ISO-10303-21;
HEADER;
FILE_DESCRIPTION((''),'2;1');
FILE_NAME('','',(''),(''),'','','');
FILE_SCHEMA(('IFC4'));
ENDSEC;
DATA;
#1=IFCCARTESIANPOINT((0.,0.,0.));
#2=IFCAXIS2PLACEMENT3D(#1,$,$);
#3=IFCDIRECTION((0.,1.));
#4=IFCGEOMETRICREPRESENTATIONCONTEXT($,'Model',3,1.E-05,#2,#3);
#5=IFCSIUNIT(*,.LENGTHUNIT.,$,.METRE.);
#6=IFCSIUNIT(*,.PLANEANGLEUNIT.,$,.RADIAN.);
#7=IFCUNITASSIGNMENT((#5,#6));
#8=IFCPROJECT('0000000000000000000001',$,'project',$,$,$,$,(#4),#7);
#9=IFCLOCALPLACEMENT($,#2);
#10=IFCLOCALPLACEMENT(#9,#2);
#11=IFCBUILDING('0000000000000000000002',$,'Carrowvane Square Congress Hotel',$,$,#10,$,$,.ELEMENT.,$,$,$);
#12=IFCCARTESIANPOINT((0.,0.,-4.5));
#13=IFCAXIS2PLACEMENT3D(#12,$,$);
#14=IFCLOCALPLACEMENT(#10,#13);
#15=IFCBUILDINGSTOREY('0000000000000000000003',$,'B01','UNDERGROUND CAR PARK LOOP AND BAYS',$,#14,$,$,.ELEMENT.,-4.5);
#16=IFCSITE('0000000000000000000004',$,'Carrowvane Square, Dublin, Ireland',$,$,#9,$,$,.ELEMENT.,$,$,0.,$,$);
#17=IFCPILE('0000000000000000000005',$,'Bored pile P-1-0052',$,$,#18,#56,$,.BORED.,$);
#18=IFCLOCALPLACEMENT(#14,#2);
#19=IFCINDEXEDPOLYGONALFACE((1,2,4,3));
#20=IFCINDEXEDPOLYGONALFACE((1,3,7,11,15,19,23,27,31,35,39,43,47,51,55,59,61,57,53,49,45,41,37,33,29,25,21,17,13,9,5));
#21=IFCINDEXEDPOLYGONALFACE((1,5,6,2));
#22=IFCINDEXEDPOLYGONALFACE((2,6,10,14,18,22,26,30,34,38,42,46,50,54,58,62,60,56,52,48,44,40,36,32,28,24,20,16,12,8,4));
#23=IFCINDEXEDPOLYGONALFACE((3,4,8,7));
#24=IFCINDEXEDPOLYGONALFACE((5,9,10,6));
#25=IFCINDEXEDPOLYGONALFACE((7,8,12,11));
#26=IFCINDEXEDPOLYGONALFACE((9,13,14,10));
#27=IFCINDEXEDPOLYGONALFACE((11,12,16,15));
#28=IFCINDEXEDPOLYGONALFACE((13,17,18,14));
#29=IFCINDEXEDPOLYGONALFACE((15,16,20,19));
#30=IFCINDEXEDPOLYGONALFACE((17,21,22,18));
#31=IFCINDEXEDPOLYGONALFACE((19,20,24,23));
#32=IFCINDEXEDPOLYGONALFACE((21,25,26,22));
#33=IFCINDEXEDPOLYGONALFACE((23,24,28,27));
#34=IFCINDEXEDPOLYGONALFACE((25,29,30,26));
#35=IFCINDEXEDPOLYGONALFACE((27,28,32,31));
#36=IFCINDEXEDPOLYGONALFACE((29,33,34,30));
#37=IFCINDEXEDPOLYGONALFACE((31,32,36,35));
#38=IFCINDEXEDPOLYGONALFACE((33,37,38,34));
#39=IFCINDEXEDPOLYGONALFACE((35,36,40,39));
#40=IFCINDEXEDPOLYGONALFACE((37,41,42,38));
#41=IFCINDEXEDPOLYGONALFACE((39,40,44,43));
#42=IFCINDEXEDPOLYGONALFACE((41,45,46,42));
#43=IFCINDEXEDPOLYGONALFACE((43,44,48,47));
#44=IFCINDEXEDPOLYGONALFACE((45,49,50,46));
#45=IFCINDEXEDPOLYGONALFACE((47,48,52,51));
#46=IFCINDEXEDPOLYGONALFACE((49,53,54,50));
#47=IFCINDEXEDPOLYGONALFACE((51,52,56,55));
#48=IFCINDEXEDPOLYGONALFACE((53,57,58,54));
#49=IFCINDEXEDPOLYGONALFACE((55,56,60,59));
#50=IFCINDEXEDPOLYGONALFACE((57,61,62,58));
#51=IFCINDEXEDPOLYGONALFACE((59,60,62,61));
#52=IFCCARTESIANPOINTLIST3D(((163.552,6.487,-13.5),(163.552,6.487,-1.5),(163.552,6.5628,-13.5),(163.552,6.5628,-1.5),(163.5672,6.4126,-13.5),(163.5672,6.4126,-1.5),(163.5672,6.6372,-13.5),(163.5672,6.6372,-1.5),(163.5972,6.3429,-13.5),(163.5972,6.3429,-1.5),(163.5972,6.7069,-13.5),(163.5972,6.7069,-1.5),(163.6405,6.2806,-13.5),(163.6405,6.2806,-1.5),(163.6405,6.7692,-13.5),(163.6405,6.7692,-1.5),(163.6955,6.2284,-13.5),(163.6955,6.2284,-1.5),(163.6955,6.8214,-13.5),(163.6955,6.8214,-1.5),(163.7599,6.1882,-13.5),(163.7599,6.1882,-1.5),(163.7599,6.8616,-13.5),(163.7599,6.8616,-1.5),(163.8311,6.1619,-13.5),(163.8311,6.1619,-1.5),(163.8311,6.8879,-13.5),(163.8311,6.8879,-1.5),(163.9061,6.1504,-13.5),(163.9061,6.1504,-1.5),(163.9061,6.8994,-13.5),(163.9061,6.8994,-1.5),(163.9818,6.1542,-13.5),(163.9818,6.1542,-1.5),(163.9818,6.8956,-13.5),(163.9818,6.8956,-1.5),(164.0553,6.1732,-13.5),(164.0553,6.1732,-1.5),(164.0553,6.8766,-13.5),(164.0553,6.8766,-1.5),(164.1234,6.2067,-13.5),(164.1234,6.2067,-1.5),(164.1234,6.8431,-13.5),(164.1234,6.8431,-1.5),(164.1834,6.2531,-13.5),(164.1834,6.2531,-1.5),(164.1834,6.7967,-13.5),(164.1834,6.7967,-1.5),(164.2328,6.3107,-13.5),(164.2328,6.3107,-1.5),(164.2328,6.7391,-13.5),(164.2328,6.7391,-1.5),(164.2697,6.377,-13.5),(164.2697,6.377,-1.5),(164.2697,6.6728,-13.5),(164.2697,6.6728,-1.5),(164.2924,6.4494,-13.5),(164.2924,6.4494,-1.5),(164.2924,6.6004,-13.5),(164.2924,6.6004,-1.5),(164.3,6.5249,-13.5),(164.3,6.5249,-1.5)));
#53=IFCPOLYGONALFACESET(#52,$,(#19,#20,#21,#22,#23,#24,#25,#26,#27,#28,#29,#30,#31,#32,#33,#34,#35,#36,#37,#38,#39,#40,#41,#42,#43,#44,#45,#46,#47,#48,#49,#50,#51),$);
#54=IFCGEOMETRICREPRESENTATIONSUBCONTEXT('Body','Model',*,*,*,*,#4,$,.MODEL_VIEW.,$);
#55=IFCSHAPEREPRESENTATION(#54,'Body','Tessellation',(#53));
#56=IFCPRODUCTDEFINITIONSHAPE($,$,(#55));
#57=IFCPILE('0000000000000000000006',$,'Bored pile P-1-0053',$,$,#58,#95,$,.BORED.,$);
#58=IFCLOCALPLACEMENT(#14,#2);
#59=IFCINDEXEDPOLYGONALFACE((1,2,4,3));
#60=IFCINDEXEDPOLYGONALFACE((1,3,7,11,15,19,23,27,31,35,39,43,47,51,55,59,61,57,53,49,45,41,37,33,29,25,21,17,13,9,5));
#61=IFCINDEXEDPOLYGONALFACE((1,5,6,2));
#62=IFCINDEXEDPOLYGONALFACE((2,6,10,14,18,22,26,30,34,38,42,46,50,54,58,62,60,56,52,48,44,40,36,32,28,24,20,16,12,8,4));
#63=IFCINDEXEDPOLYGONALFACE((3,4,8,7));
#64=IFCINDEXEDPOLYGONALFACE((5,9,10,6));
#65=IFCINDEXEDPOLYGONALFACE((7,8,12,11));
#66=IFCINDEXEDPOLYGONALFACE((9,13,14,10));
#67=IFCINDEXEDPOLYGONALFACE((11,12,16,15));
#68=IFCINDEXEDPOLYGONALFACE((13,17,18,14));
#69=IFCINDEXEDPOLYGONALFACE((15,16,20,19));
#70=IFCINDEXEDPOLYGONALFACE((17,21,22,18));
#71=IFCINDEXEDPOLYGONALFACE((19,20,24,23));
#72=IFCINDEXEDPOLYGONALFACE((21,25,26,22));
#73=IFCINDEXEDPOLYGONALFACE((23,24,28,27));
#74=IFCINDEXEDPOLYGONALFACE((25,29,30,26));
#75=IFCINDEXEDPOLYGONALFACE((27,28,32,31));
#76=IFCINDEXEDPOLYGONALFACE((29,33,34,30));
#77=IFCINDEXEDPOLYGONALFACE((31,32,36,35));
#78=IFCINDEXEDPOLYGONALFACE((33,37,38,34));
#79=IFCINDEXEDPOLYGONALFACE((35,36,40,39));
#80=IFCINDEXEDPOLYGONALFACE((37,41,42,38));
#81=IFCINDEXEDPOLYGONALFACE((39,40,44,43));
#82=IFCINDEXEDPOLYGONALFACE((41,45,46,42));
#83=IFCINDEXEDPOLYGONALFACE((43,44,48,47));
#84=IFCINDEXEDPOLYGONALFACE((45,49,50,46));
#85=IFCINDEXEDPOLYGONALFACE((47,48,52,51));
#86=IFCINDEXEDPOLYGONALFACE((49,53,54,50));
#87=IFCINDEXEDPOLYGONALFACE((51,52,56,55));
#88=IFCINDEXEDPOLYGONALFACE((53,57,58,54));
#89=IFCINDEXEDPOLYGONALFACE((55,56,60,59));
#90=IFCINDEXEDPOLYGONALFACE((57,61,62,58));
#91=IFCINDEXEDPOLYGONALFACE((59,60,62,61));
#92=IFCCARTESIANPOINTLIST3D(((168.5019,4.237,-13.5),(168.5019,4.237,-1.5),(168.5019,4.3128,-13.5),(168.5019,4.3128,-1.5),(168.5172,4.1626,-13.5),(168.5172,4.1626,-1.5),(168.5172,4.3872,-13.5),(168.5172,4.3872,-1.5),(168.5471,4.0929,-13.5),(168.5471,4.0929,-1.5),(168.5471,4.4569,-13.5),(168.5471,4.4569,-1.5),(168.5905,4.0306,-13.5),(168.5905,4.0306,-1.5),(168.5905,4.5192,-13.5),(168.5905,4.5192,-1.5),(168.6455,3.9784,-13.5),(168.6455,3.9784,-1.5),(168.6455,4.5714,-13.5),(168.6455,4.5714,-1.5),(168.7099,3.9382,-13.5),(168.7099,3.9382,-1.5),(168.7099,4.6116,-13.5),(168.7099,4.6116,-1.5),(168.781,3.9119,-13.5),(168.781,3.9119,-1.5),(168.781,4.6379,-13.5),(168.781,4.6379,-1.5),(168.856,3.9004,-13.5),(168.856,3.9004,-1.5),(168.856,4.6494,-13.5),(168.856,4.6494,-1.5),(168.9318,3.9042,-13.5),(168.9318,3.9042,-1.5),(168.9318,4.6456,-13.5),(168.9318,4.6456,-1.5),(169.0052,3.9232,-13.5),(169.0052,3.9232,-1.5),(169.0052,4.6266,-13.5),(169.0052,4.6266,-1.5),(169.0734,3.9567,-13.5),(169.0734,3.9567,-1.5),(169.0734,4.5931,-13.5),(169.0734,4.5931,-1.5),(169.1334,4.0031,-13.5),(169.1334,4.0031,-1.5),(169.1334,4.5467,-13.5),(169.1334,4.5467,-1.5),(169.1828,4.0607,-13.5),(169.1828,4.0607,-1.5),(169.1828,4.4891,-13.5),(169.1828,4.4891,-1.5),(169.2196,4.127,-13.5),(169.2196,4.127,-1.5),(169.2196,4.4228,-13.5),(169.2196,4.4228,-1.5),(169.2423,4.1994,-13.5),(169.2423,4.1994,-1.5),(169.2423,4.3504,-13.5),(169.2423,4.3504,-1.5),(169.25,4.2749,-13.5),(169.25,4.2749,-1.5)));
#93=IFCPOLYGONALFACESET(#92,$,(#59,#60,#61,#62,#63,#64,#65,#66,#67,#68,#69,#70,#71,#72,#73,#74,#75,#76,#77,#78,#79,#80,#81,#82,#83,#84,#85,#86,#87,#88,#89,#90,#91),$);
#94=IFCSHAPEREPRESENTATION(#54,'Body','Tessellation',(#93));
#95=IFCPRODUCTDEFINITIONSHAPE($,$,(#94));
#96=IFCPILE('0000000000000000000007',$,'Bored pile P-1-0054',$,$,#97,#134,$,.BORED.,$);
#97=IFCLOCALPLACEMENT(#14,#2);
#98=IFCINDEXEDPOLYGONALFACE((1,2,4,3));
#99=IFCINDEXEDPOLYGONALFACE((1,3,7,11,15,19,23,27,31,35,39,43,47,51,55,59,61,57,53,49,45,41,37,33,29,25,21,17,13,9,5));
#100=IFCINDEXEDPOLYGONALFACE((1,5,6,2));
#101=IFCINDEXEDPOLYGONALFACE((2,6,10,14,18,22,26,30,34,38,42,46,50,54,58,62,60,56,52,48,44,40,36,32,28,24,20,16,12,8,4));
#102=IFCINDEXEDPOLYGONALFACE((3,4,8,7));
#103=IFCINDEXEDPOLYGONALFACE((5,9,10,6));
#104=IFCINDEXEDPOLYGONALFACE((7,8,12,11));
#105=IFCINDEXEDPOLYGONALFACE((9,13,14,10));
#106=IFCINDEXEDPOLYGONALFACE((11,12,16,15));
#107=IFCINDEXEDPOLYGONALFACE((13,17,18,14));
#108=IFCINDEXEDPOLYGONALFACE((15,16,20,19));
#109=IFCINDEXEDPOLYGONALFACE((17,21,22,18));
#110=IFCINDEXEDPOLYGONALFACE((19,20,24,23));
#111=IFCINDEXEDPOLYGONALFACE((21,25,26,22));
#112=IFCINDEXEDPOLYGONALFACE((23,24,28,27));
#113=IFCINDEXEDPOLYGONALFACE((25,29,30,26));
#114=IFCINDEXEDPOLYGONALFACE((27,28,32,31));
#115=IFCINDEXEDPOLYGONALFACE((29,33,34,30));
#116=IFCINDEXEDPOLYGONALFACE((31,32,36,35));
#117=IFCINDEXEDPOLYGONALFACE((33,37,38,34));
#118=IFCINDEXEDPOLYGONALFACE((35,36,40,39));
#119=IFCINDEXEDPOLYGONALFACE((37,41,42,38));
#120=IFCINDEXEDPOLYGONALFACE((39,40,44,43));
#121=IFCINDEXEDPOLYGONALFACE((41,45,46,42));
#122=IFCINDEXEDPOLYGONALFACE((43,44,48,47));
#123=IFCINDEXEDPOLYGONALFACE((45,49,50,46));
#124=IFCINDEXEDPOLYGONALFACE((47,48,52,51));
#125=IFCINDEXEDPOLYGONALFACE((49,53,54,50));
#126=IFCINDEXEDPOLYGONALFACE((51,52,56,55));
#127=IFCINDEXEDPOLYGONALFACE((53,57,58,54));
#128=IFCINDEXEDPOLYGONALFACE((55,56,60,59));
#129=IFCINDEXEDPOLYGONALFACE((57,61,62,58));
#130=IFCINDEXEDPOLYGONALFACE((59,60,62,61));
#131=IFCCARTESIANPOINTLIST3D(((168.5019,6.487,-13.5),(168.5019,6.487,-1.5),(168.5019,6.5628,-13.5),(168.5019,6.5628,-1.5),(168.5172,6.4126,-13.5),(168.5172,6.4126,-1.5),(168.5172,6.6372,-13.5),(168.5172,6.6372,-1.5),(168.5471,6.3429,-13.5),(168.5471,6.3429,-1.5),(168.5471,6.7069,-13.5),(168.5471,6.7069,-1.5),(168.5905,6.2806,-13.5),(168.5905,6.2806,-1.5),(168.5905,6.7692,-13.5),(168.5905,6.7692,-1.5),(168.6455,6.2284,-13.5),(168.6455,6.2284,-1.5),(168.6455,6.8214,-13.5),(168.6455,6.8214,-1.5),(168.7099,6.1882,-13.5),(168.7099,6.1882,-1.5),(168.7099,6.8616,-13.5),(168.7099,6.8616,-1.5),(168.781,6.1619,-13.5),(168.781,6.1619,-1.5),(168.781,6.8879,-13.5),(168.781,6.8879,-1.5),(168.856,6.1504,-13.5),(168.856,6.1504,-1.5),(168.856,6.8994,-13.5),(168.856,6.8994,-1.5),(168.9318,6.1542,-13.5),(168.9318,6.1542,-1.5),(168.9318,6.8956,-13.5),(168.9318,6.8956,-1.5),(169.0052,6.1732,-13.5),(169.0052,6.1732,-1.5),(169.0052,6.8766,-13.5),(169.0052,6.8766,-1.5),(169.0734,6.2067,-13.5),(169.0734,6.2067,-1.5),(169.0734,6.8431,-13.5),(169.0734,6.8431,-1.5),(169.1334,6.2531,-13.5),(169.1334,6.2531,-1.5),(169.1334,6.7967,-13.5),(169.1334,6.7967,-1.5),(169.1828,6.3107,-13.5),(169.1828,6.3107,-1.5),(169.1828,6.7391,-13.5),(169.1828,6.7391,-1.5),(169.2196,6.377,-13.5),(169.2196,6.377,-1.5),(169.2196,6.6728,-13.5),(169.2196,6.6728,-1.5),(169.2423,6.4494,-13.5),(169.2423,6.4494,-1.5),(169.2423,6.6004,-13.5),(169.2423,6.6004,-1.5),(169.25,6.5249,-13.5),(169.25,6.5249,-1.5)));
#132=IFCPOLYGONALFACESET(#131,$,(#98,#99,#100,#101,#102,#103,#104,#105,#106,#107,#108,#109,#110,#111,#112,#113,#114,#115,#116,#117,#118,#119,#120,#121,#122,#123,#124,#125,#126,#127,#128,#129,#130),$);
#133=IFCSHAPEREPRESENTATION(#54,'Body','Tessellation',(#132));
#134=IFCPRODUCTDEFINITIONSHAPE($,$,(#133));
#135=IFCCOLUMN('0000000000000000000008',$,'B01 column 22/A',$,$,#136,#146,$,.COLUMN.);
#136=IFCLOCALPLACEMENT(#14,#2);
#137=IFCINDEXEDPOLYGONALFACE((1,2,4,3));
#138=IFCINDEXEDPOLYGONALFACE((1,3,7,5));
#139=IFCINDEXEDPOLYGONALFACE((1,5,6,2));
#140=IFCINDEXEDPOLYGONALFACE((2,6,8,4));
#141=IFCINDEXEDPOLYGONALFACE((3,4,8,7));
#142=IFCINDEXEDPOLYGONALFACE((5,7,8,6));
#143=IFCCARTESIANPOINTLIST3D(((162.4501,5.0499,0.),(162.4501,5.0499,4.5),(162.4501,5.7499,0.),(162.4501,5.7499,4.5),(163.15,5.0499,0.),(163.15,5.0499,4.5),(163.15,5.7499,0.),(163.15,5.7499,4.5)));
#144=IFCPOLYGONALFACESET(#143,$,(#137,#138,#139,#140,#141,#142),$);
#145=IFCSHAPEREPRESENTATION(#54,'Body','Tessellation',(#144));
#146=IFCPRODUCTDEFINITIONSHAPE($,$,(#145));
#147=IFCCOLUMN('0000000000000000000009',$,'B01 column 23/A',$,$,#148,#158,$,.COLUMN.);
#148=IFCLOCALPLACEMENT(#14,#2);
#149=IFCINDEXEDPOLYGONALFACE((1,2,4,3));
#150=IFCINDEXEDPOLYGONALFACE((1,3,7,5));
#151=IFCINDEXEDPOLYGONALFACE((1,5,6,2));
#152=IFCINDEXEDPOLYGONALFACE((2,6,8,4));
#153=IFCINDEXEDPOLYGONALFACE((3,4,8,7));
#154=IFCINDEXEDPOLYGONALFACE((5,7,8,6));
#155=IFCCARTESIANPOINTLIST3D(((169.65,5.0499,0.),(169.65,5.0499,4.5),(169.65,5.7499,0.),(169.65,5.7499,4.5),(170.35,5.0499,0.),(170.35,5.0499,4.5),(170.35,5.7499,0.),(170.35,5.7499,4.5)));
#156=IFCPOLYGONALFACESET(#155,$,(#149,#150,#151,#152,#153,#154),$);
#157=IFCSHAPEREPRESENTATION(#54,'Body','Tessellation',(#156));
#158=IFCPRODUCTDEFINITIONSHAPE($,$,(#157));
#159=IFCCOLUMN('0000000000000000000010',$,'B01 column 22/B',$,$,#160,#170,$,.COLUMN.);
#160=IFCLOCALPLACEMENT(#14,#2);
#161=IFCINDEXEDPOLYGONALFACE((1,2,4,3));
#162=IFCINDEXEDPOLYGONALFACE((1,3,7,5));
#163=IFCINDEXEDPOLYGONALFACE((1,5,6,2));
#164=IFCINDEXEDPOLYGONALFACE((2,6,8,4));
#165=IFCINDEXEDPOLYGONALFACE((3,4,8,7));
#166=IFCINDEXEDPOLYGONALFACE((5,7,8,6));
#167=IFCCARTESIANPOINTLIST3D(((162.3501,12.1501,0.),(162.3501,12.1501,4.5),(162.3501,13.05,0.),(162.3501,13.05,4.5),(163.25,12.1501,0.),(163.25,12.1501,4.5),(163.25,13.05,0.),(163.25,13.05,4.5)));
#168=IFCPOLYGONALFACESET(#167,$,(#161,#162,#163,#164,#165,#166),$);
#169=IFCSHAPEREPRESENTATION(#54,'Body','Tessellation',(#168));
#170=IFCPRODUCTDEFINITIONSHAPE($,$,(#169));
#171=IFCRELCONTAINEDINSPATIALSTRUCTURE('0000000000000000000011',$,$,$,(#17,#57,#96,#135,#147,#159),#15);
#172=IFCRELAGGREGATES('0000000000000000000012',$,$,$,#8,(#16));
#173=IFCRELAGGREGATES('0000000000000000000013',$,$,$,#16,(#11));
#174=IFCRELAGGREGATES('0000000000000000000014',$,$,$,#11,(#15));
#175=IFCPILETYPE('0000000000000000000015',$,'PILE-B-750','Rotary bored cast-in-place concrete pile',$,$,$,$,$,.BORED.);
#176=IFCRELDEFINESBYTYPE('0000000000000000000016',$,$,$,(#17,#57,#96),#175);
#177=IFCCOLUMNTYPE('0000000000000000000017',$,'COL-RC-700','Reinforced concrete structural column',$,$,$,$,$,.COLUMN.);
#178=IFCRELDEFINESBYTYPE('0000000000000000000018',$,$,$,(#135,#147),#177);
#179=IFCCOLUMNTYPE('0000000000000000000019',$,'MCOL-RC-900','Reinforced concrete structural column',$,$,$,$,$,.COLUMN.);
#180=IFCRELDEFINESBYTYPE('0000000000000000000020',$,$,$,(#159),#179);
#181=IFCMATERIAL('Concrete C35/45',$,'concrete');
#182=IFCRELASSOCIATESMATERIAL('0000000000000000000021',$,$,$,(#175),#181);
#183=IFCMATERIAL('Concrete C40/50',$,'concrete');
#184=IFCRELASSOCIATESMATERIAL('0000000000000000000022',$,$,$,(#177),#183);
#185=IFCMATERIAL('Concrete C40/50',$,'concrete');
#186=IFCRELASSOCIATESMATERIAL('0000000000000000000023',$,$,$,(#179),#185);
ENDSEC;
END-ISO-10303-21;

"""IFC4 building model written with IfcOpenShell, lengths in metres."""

from ifc_helpers import new_model, si_unit, direction, frame, origin, origin_2d, place, context, subcontext, project, spatial, rectangle, circle, extrude, material, material_profile, profile_set, type_object, element, save


model = new_model("IFC4")

# Units and contexts
model_context = context("Model", 3, precision=1e-05, world=origin(), true_north=direction((0.0, 1.0)))
body_context = subcontext(model_context, "Body", "Model", "MODEL_VIEW")
ifc_project = project(units=[si_unit("LENGTHUNIT", "METRE"), si_unit("PLANEANGLEUNIT", "RADIAN")], contexts=[model_context])

# Site, building, storey
site_placement = place(None, origin())
site = spatial("IfcSite", under=ifc_project, at=site_placement, Name="Carrowvane Square, Dublin, Ireland", CompositionType="ELEMENT", RefElevation=0.0)
building_placement = place(site_placement, origin())
building = spatial("IfcBuilding", under=site, at=building_placement, Name="Carrowvane Square Congress Hotel", CompositionType="ELEMENT")
storey_placement = place(building_placement, frame((0.0, 0.0, -4.5)))
storey = spatial("IfcBuildingStorey", under=building, at=storey_placement, Name="B01", Description="UNDERGROUND CAR PARK LOOP AND BAYS", CompositionType="ELEMENT", Elevation=-4.5)

# Piles
ifc_material_1 = material(Name="Concrete C35/45", Category="concrete")
ifc_material_profile_1 = material_profile(ifc_material_1, circle(Radius=0.375, at=origin_2d()), Name="PILE D750")
ifc_profile_set_1 = profile_set([ifc_material_profile_1], Name="Concrete C35/45")
pile_type_1 = type_object("IfcPileType", Name="PILE-B-750", Description="Rotary bored cast-in-place concrete pile", PredefinedType="BORED", material=ifc_profile_set_1)
for number, where, z_axis, x_axis, name in (
    (1, (163.925, 6.5249, -1.5), (0.0, 0.0, -1.0), (1.0, 0.0, 0.0), "Bored pile P-1-0052"),
    (2, (168.875, 4.2749, -1.5), (0.0, 0.0, -1.0), (1.0, 0.0, 0.0), "Bored pile P-1-0053"),
    (3, (168.875, 6.5249, -1.5), (0.0, 0.0, -1.0), (1.0, 0.0, 0.0), "Bored pile P-1-0054"),
):
    element("IfcPile", number, at=place(storey_placement, frame(where, z_axis=z_axis, x_axis=x_axis)), inside=storey, type_object=pile_type_1, Name=name, PredefinedType="BORED", context=body_context, shape_type="SweptSolid", body=[
        extrude(circle(Radius=0.375, at=origin_2d()), origin(), (0.0, 0.0, 1.0), 12.0),
    ])

# Columns
ifc_material_2 = material(Name="Concrete C40/50", Category="concrete")
ifc_material_profile_2 = material_profile(ifc_material_2, rectangle(XDim=0.7, YDim=0.7, at=origin_2d()), Name="RC 700x700")
ifc_profile_set_2 = profile_set([ifc_material_profile_2], Name="Concrete C40/50")
column_type_1 = type_object("IfcColumnType", Name="COL-RC-700", Description="Reinforced concrete structural column", PredefinedType="COLUMN", material=ifc_profile_set_2)
for number, where, z_axis, x_axis, name in (
    (4, (162.8, 5.3999, 0.0), (0.0, 0.0, 1.0), (1.0, 0.0, 0.0), "B01 column 22/A"),
    (5, (170.0, 5.3999, 0.0), (0.0, 0.0, 1.0), (1.0, 0.0, 0.0), "B01 column 23/A"),
):
    element("IfcColumn", number, at=place(storey_placement, frame(where, z_axis=z_axis, x_axis=x_axis)), inside=storey, type_object=column_type_1, Name=name, PredefinedType="COLUMN", context=body_context, shape_type="SweptSolid", body=[
        extrude(rectangle(XDim=0.7, YDim=0.7, at=origin_2d()), origin(), (0.0, 0.0, 1.0), 4.5),
    ])
ifc_material_3 = material(Name="Concrete C40/50", Category="concrete")
ifc_material_profile_3 = material_profile(ifc_material_3, rectangle(XDim=0.8999, YDim=0.8999, at=origin_2d()), Name="RC 900x900")
ifc_profile_set_3 = profile_set([ifc_material_profile_3], Name="Concrete C40/50")
column_type_2 = type_object("IfcColumnType", Name="MCOL-RC-900", Description="Reinforced concrete structural column", PredefinedType="COLUMN", material=ifc_profile_set_3)
column_placement = place(storey_placement, frame((162.8, 12.6001, 0.0), z_axis=(0.0, 0.0, 1.0), x_axis=(1.0, 0.0, 0.0)))
element("IfcColumn", 6, at=column_placement, inside=storey, type_object=column_type_2, Name="B01 column 22/B", PredefinedType="COLUMN", context=body_context, shape_type="SweptSolid", body=[
    extrude(rectangle(XDim=0.8999, YDim=0.8999, at=origin_2d()), origin(), (0.0, 0.0, 1.0), 4.5),
])

save(model, "model.ifc")
